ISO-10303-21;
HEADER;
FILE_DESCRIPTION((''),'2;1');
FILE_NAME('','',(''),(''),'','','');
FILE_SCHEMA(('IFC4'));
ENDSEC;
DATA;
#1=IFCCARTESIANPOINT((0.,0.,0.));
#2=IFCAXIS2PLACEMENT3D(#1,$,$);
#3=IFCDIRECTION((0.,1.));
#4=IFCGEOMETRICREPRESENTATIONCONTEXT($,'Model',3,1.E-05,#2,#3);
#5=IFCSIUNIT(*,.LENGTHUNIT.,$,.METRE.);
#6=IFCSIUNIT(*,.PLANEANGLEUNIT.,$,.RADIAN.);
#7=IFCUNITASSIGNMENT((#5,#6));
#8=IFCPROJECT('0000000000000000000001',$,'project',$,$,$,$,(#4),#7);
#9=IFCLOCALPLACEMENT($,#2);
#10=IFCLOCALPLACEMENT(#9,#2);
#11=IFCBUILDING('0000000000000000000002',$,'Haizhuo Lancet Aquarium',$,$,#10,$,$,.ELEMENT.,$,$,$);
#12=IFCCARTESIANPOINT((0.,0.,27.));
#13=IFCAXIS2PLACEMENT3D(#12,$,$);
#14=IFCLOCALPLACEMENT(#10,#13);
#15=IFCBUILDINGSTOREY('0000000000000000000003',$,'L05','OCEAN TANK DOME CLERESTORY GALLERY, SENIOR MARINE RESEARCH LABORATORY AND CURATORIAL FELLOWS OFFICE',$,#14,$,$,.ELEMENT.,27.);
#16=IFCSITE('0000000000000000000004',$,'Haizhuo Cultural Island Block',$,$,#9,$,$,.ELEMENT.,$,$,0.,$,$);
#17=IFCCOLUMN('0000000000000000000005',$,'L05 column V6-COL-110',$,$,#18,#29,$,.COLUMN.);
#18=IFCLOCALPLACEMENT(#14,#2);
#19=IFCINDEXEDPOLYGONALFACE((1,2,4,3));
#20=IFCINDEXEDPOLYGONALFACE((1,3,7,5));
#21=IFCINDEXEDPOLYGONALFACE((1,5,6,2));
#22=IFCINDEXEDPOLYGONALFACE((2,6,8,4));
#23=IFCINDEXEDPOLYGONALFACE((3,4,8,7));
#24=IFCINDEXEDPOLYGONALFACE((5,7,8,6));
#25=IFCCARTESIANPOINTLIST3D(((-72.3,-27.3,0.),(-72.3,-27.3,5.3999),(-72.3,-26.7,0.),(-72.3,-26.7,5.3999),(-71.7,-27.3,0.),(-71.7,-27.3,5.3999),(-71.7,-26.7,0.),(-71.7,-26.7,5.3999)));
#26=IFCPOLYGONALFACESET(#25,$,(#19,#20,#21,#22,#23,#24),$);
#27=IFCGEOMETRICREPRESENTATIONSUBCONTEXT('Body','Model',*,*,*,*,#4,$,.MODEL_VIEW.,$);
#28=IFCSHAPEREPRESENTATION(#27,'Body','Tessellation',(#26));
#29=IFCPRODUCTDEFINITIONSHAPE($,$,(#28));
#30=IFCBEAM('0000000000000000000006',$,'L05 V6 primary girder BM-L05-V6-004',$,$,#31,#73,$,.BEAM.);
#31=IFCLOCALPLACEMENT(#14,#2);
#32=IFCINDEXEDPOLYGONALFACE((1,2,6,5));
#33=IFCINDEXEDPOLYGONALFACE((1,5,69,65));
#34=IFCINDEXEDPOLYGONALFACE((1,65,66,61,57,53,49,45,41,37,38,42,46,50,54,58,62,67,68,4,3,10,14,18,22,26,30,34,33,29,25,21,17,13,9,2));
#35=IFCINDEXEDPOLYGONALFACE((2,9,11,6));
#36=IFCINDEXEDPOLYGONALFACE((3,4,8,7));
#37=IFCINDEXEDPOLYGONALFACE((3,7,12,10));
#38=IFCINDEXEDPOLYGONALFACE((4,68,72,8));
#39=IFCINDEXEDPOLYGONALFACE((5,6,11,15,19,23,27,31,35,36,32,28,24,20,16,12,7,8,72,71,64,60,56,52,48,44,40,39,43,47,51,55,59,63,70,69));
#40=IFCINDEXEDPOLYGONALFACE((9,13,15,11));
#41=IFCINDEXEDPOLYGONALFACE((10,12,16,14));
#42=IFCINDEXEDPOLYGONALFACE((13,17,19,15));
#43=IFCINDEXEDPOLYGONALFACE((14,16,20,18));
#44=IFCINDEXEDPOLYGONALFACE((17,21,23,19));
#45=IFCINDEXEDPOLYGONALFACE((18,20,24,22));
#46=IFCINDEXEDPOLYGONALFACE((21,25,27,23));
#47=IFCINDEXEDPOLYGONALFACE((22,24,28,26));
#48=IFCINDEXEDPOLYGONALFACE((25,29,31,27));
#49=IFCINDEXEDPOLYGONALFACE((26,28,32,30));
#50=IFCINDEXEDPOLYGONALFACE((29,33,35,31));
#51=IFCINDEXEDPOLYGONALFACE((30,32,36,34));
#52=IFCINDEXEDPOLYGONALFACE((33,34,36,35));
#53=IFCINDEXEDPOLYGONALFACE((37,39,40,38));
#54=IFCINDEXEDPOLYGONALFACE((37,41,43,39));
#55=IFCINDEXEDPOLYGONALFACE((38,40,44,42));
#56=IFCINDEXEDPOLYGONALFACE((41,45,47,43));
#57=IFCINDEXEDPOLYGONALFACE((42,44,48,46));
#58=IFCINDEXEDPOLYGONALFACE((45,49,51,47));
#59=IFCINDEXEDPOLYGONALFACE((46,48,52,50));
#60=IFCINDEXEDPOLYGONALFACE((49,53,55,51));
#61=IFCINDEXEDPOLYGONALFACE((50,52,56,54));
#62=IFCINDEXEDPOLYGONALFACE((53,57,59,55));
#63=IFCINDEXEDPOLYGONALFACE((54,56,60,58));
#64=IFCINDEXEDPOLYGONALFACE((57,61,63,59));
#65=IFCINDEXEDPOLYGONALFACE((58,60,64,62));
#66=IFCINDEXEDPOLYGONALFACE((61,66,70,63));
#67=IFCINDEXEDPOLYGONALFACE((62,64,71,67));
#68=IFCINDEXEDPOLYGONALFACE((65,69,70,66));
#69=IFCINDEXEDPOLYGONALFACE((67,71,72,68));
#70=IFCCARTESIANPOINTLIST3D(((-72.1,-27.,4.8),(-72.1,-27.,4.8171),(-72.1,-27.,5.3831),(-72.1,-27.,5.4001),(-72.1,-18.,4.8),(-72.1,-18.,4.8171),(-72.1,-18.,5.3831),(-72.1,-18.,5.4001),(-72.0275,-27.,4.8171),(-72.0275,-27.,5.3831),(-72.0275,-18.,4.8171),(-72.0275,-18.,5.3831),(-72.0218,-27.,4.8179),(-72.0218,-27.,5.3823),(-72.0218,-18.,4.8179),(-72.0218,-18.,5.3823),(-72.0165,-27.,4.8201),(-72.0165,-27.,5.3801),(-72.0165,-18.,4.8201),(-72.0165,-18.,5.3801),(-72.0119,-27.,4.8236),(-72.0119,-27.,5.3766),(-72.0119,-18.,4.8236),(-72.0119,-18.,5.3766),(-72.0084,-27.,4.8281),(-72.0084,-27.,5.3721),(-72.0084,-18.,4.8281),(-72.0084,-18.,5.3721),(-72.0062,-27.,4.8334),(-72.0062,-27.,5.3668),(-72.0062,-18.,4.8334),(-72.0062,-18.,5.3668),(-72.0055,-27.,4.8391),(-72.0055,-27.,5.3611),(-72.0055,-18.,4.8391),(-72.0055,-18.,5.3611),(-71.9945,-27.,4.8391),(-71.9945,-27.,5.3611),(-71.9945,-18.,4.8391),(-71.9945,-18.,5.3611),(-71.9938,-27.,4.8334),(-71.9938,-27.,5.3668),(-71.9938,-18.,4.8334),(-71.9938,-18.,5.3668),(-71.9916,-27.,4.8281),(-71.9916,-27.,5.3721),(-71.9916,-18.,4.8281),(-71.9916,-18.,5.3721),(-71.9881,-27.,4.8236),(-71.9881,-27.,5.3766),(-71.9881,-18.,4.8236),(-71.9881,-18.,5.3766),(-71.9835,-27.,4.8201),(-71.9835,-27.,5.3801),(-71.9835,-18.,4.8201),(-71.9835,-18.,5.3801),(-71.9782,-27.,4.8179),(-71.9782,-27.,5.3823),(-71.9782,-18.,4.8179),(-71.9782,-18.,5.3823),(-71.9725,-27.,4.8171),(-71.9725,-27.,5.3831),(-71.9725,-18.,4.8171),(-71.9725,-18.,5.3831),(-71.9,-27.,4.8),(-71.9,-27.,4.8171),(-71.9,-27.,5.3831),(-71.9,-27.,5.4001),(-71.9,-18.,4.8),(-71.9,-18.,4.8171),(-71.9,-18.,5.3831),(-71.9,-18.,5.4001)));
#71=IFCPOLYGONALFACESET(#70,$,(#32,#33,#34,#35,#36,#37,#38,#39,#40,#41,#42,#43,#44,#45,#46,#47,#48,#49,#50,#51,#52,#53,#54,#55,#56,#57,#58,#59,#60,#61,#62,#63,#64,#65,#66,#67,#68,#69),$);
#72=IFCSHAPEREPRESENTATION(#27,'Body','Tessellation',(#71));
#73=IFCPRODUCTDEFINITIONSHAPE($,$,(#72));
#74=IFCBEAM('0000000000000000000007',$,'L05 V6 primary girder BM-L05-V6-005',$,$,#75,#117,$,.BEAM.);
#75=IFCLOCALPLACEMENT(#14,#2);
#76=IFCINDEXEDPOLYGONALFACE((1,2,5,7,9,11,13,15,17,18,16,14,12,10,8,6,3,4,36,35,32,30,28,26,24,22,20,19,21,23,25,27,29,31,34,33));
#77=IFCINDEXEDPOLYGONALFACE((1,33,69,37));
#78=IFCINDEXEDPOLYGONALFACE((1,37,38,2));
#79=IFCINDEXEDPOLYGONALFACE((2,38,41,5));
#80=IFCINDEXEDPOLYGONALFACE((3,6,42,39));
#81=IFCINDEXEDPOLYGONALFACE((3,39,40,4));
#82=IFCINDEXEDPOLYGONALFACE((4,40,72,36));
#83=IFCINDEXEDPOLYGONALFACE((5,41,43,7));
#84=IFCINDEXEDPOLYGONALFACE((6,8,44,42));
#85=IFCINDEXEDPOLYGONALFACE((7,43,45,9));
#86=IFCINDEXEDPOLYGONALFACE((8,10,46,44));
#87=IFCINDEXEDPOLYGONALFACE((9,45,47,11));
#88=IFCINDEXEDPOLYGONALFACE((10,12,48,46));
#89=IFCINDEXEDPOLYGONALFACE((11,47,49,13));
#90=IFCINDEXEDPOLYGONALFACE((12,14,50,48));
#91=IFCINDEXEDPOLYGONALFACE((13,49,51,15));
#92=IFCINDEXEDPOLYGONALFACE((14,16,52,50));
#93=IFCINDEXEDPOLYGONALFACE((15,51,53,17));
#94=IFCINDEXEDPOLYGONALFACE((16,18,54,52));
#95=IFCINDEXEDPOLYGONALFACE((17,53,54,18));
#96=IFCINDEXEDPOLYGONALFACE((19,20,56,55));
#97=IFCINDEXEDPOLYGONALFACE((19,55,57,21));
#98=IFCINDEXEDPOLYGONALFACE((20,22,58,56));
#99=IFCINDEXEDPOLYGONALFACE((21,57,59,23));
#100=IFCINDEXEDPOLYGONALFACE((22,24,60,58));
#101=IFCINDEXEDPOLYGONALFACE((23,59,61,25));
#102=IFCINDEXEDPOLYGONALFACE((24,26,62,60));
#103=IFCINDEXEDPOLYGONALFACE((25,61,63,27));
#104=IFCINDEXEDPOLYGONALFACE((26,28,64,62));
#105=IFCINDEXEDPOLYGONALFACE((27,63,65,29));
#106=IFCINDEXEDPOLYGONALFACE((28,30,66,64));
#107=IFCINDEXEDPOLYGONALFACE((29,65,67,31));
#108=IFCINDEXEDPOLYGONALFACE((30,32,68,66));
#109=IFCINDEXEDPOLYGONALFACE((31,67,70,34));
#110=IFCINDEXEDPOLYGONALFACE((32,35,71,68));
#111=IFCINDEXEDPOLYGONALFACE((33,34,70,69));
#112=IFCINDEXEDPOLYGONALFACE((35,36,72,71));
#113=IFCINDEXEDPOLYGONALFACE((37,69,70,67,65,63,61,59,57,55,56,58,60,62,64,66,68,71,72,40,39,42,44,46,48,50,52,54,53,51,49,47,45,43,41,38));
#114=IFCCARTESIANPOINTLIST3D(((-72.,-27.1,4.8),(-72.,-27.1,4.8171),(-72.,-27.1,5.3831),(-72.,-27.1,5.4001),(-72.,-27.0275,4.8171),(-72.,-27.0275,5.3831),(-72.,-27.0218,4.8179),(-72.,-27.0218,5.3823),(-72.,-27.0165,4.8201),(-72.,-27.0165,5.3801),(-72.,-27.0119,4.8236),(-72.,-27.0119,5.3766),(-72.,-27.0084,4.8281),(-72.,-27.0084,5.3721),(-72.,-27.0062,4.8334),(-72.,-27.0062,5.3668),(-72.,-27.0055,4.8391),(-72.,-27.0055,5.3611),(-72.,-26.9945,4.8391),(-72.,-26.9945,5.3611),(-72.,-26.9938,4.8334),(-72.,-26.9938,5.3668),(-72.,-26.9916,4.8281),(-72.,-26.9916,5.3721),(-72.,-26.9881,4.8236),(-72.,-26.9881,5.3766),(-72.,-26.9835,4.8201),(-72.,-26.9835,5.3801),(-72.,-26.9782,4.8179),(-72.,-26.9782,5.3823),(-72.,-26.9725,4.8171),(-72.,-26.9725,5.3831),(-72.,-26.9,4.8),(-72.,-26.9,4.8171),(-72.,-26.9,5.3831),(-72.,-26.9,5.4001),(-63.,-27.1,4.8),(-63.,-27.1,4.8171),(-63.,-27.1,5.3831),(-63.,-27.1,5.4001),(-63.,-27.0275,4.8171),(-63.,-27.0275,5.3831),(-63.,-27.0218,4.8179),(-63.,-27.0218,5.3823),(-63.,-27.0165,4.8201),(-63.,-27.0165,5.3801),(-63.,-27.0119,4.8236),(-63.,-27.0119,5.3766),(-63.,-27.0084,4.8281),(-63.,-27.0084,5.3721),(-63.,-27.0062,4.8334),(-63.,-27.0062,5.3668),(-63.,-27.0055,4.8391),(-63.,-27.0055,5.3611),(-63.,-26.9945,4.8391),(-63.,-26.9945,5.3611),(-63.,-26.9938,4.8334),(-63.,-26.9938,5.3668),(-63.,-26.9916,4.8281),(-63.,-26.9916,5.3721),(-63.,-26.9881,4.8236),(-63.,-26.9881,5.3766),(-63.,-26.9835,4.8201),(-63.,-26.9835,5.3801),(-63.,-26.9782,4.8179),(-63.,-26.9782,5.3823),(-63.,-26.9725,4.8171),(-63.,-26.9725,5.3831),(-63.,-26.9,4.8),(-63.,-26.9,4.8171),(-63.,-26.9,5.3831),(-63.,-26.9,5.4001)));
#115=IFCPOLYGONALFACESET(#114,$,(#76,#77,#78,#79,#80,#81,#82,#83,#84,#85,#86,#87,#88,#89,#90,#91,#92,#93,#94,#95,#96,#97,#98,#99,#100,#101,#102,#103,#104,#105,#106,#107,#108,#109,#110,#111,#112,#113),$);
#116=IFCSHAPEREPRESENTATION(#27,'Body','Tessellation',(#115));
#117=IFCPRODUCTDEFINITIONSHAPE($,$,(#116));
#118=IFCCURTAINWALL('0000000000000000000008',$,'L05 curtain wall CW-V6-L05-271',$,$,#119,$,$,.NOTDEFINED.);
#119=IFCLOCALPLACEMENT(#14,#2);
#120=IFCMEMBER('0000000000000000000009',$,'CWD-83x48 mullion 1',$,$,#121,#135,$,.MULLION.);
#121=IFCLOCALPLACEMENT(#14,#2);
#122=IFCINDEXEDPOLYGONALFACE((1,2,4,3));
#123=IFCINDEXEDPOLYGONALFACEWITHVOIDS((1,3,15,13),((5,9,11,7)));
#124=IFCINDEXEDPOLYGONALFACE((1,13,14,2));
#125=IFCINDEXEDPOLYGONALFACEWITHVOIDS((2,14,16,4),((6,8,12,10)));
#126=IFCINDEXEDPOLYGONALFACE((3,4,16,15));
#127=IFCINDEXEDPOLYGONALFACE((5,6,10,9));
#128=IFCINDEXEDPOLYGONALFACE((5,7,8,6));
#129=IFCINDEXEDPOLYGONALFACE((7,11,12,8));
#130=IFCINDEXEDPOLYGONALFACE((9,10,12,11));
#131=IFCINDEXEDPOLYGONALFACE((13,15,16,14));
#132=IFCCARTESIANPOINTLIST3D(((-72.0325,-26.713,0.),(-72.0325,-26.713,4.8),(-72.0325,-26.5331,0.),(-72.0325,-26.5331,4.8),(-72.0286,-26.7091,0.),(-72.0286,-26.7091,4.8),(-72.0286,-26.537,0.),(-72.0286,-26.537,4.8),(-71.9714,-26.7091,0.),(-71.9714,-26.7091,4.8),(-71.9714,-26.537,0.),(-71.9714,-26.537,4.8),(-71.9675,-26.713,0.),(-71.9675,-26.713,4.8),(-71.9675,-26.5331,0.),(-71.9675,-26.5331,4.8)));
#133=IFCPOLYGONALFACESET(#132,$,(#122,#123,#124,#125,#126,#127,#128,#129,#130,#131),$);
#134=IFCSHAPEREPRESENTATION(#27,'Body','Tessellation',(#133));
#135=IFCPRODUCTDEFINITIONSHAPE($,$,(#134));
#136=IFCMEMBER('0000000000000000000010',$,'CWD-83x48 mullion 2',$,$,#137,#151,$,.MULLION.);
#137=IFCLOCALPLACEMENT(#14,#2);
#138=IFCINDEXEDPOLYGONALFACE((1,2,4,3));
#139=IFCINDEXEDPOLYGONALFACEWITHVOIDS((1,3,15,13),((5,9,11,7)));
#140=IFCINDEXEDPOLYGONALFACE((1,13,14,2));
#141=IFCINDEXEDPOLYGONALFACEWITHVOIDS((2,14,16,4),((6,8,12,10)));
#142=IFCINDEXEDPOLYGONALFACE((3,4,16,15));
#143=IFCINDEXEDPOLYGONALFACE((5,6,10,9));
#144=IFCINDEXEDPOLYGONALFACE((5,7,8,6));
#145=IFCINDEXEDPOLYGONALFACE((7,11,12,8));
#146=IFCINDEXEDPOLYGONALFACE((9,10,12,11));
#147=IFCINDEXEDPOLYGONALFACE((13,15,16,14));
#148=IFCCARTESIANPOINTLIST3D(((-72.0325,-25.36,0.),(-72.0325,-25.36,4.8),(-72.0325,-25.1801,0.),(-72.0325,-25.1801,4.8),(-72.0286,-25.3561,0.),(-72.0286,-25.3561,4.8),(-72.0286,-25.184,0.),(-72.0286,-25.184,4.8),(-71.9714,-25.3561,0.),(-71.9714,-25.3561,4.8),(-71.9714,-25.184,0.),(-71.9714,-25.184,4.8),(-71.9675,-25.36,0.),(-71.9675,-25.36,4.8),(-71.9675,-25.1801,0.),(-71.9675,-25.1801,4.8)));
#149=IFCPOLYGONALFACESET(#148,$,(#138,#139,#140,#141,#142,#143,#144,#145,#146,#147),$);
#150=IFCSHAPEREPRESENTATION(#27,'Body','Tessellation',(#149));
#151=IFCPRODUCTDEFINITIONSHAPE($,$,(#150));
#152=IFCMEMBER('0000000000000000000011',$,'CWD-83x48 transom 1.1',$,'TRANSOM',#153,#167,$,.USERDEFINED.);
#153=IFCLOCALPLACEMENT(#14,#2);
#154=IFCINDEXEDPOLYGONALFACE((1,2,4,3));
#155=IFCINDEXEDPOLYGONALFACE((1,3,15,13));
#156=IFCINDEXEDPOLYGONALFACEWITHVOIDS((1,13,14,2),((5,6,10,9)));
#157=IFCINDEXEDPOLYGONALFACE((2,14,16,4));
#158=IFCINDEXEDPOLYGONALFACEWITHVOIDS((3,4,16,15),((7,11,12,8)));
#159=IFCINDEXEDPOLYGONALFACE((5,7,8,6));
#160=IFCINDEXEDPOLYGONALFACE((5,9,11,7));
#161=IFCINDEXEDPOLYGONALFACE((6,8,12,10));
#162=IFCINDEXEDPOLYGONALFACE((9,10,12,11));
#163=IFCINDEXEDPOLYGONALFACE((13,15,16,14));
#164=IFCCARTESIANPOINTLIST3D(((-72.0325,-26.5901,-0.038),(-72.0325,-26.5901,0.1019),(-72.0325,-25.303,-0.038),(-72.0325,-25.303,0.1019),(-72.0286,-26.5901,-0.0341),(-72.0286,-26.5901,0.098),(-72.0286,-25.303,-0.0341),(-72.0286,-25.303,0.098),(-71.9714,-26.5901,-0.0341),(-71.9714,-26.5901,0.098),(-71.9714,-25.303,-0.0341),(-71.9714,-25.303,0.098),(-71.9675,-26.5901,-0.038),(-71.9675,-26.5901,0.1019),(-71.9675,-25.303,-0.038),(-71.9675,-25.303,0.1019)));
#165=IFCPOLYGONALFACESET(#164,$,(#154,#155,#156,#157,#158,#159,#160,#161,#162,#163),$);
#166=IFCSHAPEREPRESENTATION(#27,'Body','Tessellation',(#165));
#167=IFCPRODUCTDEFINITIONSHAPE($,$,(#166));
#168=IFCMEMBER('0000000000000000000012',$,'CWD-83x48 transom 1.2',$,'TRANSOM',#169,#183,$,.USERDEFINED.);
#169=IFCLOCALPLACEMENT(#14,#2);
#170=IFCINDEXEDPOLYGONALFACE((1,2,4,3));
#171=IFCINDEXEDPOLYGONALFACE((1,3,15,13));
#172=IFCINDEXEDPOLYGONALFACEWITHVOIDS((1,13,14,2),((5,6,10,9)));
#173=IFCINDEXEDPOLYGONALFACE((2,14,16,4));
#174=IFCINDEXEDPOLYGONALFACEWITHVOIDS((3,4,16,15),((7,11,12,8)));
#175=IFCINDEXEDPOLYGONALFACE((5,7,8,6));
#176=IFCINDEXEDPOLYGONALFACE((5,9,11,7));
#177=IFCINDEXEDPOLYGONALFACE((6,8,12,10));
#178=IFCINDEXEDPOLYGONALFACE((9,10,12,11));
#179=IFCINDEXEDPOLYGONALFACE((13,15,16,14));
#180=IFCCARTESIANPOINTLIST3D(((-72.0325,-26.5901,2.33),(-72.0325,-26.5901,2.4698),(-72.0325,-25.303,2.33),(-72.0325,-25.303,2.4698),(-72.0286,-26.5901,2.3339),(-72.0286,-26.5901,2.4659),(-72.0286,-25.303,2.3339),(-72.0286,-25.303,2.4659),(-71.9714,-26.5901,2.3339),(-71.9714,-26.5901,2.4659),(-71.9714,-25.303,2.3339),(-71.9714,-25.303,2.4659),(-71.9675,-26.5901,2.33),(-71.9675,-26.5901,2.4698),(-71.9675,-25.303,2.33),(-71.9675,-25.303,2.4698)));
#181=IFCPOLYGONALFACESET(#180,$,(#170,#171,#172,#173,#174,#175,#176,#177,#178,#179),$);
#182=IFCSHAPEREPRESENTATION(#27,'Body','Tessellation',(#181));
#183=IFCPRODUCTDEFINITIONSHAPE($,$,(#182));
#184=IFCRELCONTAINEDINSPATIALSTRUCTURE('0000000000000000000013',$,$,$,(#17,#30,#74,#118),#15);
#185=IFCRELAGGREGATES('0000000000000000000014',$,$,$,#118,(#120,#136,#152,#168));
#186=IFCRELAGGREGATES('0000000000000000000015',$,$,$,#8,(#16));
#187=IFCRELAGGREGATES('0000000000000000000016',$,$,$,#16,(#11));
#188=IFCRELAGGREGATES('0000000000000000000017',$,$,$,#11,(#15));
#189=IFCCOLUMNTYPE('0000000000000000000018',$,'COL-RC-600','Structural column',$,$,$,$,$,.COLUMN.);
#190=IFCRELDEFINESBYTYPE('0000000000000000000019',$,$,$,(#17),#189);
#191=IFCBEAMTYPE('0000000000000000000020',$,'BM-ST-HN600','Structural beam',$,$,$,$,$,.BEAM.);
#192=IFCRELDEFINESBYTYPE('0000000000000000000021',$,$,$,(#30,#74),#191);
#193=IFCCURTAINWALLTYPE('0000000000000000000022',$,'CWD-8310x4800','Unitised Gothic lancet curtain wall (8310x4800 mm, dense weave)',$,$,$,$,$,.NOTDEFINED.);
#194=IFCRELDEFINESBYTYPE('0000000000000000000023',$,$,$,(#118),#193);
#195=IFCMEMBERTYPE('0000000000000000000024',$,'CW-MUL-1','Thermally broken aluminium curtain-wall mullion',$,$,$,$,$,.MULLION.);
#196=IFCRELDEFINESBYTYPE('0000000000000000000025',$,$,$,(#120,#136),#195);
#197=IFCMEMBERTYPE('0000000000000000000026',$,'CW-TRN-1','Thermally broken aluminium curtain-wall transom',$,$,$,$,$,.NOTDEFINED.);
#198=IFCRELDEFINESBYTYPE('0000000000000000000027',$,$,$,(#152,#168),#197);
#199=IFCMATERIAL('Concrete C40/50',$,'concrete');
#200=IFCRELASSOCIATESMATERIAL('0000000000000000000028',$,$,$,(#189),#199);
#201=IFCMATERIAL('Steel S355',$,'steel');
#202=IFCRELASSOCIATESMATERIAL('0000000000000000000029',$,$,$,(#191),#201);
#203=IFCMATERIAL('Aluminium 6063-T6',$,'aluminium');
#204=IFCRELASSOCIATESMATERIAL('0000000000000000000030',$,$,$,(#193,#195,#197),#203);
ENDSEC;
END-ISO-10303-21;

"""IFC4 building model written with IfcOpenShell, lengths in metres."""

from ifc_helpers import new_model, si_unit, direction, frame, origin, origin_2d, place, context, subcontext, project, spatial, rectangle, hollow_rectangle, i_section, extrude, material, material_profile, profile_set, type_object, element, aggregate, save


model = new_model("IFC4")

# Units and contexts
model_context = context("Model", 3, precision=1e-05, world=origin(), true_north=direction((0.0, 1.0)))
body_context = subcontext(model_context, "Body", "Model", "MODEL_VIEW")
ifc_project = project(units=[si_unit("LENGTHUNIT", "METRE"), si_unit("PLANEANGLEUNIT", "RADIAN")], contexts=[model_context])

# Site, building, storey
site_placement = place(None, origin())
site = spatial("IfcSite", under=ifc_project, at=site_placement, Name="Haizhuo Cultural Island Block", CompositionType="ELEMENT", RefElevation=0.0)
building_placement = place(site_placement, origin())
building = spatial("IfcBuilding", under=site, at=building_placement, Name="Haizhuo Lancet Aquarium", CompositionType="ELEMENT")
storey_placement = place(building_placement, frame((0.0, 0.0, 27.0)))
storey = spatial("IfcBuildingStorey", under=building, at=storey_placement, Name="L05", Description="OCEAN TANK DOME CLERESTORY GALLERY, SENIOR MARINE RESEARCH LABORATORY AND CURATORIAL FELLOWS OFFICE", CompositionType="ELEMENT", Elevation=27.0)

# Column
ifc_material_1 = material(Name="Concrete C40/50", Category="concrete")
ifc_material_profile_1 = material_profile(ifc_material_1, rectangle(XDim=0.6001, YDim=0.6001, at=origin_2d()), Name="RC-COL 600x600")
ifc_profile_set_1 = profile_set([ifc_material_profile_1], Name="Concrete C40/50")
column_type = type_object("IfcColumnType", Name="COL-RC-600", Description="Structural column", PredefinedType="COLUMN", material=ifc_profile_set_1)
column_placement = place(storey_placement, frame((-72.0, -27.0, 0.0), z_axis=(0.0, 0.0, 1.0), x_axis=(1.0, 0.0, 0.0)))
element("IfcColumn", 1, at=column_placement, inside=storey, type_object=column_type, Name="L05 column V6-COL-110", PredefinedType="COLUMN", context=body_context, shape_type="SweptSolid", body=[
    extrude(rectangle(XDim=0.6001, YDim=0.6001, at=origin_2d()), origin(), (0.0, 0.0, 1.0), 5.3999),
])

# Beams
ifc_material_2 = material(Name="Steel S355", Category="steel")
ifc_material_profile_2 = material_profile(ifc_material_2, i_section(OverallWidth=0.2, OverallDepth=0.6001, WebThickness=0.011, FlangeThickness=0.0171, FilletRadius=0.022, at=origin_2d()), Name="HN 600x200x11x17")
ifc_profile_set_2 = profile_set([ifc_material_profile_2], Name="Steel S355")
beam_type = type_object("IfcBeamType", Name="BM-ST-HN600", Description="Structural beam", PredefinedType="BEAM", material=ifc_profile_set_2)
for number, where, z_axis, x_axis, name in (
    (2, (-72.0, -27.0, 5.1001), (0.0, 1.0, 0.0), (-1.0, 0.0, 0.0), "L05 V6 primary girder BM-L05-V6-004"),
    (3, (-72.0, -27.0, 5.1001), (1.0, 0.0, 0.0), (0.0, 1.0, 0.0), "L05 V6 primary girder BM-L05-V6-005"),
):
    element("IfcBeam", number, at=place(storey_placement, frame(where, z_axis=z_axis, x_axis=x_axis)), inside=storey, type_object=beam_type, Name=name, PredefinedType="BEAM", context=body_context, shape_type="SweptSolid", body=[
        extrude(i_section(OverallWidth=0.2, OverallDepth=0.6001, WebThickness=0.011, FlangeThickness=0.0171, FilletRadius=0.022, at=origin_2d()), origin(), (0.0, 0.0, 1.0), 9.0),
    ])

# Curtain wall, members
ifc_material_3 = material(Name="Aluminium 6063-T6", Category="aluminium")
curtain_wall_type_1 = type_object("IfcCurtainWallType", Name="CWD-8310x4800", Description="Unitised Gothic lancet curtain wall (8310x4800 mm, dense weave)", PredefinedType="NOTDEFINED", material=ifc_material_3)
curtain_wall_1_placement = place(storey_placement, origin())
curtain_wall_1 = element("IfcCurtainWall", 4, at=curtain_wall_1_placement, inside=storey, type_object=curtain_wall_type_1, Name="L05 curtain wall CW-V6-L05-271", PredefinedType="NOTDEFINED")
ifc_material_profile_3 = material_profile(ifc_material_3, hollow_rectangle(XDim=0.0649, YDim=0.1799, WallThickness=0.0039, at=origin_2d()), Name="ALU-M 65x180x4")
ifc_profile_set_3 = profile_set([ifc_material_profile_3], Name="Aluminium 6063-T6")
member_type_1 = type_object("IfcMemberType", Name="CW-MUL-1", Description="Thermally broken aluminium curtain-wall mullion", PredefinedType="MULLION", material=ifc_profile_set_3)
member_1_placement = place(storey_placement, frame((-72.0, -26.623, 0.0), z_axis=(0.0, 0.0, 1.0), x_axis=(-1.0, 0.0, 0.0)))
member_1 = element("IfcMember", 5, at=member_1_placement, type_object=member_type_1, Name="CWD-83x48 mullion 1", PredefinedType="MULLION", context=body_context, shape_type="SweptSolid", body=[
    extrude(hollow_rectangle(XDim=0.0649, YDim=0.1799, WallThickness=0.0039, at=origin_2d()), origin(), (0.0, 0.0, 1.0), 4.8),
])
member_2_placement = place(storey_placement, frame((-72.0, -25.27, 0.0), z_axis=(0.0, 0.0, 1.0), x_axis=(-1.0, 0.0, 0.0)))
member_2 = element("IfcMember", 6, at=member_2_placement, type_object=member_type_1, Name="CWD-83x48 mullion 2", PredefinedType="MULLION", context=body_context, shape_type="SweptSolid", body=[
    extrude(hollow_rectangle(XDim=0.0649, YDim=0.1799, WallThickness=0.0039, at=origin_2d()), origin(), (0.0, 0.0, 1.0), 4.8),
])
ifc_material_profile_4 = material_profile(ifc_material_3, hollow_rectangle(XDim=0.0649, YDim=0.1399, WallThickness=0.0039, at=origin_2d()), Name="ALU-T 65x140x4")
ifc_profile_set_4 = profile_set([ifc_material_profile_4], Name="Aluminium 6063-T6")
member_type_2 = type_object("IfcMemberType", Name="CW-TRN-1", Description="Thermally broken aluminium curtain-wall transom", PredefinedType="NOTDEFINED", material=ifc_profile_set_4)
member_3_placement = place(storey_placement, frame((-72.0, -26.5901, 0.032), z_axis=(0.0, 1.0, 0.0), x_axis=(-1.0, 0.0, 0.0)))
member_3 = element("IfcMember", 7, at=member_3_placement, type_object=member_type_2, Name="CWD-83x48 transom 1.1", ObjectType="TRANSOM", PredefinedType="USERDEFINED", context=body_context, shape_type="SweptSolid", body=[
    extrude(hollow_rectangle(XDim=0.0649, YDim=0.1399, WallThickness=0.0039, at=origin_2d()), origin(), (0.0, 0.0, 1.0), 1.2871),
])
member_4_placement = place(storey_placement, frame((-72.0, -26.5901, 2.3999), z_axis=(0.0, 1.0, 0.0), x_axis=(-1.0, 0.0, 0.0)))
member_4 = element("IfcMember", 8, at=member_4_placement, type_object=member_type_2, Name="CWD-83x48 transom 1.2", ObjectType="TRANSOM", PredefinedType="USERDEFINED", context=body_context, shape_type="SweptSolid", body=[
    extrude(hollow_rectangle(XDim=0.0649, YDim=0.1399, WallThickness=0.0039, at=origin_2d()), origin(), (0.0, 0.0, 1.0), 1.2871),
])

aggregate(curtain_wall_1, [member_1, member_2, member_3, member_4])

save(model, "model.ifc")
